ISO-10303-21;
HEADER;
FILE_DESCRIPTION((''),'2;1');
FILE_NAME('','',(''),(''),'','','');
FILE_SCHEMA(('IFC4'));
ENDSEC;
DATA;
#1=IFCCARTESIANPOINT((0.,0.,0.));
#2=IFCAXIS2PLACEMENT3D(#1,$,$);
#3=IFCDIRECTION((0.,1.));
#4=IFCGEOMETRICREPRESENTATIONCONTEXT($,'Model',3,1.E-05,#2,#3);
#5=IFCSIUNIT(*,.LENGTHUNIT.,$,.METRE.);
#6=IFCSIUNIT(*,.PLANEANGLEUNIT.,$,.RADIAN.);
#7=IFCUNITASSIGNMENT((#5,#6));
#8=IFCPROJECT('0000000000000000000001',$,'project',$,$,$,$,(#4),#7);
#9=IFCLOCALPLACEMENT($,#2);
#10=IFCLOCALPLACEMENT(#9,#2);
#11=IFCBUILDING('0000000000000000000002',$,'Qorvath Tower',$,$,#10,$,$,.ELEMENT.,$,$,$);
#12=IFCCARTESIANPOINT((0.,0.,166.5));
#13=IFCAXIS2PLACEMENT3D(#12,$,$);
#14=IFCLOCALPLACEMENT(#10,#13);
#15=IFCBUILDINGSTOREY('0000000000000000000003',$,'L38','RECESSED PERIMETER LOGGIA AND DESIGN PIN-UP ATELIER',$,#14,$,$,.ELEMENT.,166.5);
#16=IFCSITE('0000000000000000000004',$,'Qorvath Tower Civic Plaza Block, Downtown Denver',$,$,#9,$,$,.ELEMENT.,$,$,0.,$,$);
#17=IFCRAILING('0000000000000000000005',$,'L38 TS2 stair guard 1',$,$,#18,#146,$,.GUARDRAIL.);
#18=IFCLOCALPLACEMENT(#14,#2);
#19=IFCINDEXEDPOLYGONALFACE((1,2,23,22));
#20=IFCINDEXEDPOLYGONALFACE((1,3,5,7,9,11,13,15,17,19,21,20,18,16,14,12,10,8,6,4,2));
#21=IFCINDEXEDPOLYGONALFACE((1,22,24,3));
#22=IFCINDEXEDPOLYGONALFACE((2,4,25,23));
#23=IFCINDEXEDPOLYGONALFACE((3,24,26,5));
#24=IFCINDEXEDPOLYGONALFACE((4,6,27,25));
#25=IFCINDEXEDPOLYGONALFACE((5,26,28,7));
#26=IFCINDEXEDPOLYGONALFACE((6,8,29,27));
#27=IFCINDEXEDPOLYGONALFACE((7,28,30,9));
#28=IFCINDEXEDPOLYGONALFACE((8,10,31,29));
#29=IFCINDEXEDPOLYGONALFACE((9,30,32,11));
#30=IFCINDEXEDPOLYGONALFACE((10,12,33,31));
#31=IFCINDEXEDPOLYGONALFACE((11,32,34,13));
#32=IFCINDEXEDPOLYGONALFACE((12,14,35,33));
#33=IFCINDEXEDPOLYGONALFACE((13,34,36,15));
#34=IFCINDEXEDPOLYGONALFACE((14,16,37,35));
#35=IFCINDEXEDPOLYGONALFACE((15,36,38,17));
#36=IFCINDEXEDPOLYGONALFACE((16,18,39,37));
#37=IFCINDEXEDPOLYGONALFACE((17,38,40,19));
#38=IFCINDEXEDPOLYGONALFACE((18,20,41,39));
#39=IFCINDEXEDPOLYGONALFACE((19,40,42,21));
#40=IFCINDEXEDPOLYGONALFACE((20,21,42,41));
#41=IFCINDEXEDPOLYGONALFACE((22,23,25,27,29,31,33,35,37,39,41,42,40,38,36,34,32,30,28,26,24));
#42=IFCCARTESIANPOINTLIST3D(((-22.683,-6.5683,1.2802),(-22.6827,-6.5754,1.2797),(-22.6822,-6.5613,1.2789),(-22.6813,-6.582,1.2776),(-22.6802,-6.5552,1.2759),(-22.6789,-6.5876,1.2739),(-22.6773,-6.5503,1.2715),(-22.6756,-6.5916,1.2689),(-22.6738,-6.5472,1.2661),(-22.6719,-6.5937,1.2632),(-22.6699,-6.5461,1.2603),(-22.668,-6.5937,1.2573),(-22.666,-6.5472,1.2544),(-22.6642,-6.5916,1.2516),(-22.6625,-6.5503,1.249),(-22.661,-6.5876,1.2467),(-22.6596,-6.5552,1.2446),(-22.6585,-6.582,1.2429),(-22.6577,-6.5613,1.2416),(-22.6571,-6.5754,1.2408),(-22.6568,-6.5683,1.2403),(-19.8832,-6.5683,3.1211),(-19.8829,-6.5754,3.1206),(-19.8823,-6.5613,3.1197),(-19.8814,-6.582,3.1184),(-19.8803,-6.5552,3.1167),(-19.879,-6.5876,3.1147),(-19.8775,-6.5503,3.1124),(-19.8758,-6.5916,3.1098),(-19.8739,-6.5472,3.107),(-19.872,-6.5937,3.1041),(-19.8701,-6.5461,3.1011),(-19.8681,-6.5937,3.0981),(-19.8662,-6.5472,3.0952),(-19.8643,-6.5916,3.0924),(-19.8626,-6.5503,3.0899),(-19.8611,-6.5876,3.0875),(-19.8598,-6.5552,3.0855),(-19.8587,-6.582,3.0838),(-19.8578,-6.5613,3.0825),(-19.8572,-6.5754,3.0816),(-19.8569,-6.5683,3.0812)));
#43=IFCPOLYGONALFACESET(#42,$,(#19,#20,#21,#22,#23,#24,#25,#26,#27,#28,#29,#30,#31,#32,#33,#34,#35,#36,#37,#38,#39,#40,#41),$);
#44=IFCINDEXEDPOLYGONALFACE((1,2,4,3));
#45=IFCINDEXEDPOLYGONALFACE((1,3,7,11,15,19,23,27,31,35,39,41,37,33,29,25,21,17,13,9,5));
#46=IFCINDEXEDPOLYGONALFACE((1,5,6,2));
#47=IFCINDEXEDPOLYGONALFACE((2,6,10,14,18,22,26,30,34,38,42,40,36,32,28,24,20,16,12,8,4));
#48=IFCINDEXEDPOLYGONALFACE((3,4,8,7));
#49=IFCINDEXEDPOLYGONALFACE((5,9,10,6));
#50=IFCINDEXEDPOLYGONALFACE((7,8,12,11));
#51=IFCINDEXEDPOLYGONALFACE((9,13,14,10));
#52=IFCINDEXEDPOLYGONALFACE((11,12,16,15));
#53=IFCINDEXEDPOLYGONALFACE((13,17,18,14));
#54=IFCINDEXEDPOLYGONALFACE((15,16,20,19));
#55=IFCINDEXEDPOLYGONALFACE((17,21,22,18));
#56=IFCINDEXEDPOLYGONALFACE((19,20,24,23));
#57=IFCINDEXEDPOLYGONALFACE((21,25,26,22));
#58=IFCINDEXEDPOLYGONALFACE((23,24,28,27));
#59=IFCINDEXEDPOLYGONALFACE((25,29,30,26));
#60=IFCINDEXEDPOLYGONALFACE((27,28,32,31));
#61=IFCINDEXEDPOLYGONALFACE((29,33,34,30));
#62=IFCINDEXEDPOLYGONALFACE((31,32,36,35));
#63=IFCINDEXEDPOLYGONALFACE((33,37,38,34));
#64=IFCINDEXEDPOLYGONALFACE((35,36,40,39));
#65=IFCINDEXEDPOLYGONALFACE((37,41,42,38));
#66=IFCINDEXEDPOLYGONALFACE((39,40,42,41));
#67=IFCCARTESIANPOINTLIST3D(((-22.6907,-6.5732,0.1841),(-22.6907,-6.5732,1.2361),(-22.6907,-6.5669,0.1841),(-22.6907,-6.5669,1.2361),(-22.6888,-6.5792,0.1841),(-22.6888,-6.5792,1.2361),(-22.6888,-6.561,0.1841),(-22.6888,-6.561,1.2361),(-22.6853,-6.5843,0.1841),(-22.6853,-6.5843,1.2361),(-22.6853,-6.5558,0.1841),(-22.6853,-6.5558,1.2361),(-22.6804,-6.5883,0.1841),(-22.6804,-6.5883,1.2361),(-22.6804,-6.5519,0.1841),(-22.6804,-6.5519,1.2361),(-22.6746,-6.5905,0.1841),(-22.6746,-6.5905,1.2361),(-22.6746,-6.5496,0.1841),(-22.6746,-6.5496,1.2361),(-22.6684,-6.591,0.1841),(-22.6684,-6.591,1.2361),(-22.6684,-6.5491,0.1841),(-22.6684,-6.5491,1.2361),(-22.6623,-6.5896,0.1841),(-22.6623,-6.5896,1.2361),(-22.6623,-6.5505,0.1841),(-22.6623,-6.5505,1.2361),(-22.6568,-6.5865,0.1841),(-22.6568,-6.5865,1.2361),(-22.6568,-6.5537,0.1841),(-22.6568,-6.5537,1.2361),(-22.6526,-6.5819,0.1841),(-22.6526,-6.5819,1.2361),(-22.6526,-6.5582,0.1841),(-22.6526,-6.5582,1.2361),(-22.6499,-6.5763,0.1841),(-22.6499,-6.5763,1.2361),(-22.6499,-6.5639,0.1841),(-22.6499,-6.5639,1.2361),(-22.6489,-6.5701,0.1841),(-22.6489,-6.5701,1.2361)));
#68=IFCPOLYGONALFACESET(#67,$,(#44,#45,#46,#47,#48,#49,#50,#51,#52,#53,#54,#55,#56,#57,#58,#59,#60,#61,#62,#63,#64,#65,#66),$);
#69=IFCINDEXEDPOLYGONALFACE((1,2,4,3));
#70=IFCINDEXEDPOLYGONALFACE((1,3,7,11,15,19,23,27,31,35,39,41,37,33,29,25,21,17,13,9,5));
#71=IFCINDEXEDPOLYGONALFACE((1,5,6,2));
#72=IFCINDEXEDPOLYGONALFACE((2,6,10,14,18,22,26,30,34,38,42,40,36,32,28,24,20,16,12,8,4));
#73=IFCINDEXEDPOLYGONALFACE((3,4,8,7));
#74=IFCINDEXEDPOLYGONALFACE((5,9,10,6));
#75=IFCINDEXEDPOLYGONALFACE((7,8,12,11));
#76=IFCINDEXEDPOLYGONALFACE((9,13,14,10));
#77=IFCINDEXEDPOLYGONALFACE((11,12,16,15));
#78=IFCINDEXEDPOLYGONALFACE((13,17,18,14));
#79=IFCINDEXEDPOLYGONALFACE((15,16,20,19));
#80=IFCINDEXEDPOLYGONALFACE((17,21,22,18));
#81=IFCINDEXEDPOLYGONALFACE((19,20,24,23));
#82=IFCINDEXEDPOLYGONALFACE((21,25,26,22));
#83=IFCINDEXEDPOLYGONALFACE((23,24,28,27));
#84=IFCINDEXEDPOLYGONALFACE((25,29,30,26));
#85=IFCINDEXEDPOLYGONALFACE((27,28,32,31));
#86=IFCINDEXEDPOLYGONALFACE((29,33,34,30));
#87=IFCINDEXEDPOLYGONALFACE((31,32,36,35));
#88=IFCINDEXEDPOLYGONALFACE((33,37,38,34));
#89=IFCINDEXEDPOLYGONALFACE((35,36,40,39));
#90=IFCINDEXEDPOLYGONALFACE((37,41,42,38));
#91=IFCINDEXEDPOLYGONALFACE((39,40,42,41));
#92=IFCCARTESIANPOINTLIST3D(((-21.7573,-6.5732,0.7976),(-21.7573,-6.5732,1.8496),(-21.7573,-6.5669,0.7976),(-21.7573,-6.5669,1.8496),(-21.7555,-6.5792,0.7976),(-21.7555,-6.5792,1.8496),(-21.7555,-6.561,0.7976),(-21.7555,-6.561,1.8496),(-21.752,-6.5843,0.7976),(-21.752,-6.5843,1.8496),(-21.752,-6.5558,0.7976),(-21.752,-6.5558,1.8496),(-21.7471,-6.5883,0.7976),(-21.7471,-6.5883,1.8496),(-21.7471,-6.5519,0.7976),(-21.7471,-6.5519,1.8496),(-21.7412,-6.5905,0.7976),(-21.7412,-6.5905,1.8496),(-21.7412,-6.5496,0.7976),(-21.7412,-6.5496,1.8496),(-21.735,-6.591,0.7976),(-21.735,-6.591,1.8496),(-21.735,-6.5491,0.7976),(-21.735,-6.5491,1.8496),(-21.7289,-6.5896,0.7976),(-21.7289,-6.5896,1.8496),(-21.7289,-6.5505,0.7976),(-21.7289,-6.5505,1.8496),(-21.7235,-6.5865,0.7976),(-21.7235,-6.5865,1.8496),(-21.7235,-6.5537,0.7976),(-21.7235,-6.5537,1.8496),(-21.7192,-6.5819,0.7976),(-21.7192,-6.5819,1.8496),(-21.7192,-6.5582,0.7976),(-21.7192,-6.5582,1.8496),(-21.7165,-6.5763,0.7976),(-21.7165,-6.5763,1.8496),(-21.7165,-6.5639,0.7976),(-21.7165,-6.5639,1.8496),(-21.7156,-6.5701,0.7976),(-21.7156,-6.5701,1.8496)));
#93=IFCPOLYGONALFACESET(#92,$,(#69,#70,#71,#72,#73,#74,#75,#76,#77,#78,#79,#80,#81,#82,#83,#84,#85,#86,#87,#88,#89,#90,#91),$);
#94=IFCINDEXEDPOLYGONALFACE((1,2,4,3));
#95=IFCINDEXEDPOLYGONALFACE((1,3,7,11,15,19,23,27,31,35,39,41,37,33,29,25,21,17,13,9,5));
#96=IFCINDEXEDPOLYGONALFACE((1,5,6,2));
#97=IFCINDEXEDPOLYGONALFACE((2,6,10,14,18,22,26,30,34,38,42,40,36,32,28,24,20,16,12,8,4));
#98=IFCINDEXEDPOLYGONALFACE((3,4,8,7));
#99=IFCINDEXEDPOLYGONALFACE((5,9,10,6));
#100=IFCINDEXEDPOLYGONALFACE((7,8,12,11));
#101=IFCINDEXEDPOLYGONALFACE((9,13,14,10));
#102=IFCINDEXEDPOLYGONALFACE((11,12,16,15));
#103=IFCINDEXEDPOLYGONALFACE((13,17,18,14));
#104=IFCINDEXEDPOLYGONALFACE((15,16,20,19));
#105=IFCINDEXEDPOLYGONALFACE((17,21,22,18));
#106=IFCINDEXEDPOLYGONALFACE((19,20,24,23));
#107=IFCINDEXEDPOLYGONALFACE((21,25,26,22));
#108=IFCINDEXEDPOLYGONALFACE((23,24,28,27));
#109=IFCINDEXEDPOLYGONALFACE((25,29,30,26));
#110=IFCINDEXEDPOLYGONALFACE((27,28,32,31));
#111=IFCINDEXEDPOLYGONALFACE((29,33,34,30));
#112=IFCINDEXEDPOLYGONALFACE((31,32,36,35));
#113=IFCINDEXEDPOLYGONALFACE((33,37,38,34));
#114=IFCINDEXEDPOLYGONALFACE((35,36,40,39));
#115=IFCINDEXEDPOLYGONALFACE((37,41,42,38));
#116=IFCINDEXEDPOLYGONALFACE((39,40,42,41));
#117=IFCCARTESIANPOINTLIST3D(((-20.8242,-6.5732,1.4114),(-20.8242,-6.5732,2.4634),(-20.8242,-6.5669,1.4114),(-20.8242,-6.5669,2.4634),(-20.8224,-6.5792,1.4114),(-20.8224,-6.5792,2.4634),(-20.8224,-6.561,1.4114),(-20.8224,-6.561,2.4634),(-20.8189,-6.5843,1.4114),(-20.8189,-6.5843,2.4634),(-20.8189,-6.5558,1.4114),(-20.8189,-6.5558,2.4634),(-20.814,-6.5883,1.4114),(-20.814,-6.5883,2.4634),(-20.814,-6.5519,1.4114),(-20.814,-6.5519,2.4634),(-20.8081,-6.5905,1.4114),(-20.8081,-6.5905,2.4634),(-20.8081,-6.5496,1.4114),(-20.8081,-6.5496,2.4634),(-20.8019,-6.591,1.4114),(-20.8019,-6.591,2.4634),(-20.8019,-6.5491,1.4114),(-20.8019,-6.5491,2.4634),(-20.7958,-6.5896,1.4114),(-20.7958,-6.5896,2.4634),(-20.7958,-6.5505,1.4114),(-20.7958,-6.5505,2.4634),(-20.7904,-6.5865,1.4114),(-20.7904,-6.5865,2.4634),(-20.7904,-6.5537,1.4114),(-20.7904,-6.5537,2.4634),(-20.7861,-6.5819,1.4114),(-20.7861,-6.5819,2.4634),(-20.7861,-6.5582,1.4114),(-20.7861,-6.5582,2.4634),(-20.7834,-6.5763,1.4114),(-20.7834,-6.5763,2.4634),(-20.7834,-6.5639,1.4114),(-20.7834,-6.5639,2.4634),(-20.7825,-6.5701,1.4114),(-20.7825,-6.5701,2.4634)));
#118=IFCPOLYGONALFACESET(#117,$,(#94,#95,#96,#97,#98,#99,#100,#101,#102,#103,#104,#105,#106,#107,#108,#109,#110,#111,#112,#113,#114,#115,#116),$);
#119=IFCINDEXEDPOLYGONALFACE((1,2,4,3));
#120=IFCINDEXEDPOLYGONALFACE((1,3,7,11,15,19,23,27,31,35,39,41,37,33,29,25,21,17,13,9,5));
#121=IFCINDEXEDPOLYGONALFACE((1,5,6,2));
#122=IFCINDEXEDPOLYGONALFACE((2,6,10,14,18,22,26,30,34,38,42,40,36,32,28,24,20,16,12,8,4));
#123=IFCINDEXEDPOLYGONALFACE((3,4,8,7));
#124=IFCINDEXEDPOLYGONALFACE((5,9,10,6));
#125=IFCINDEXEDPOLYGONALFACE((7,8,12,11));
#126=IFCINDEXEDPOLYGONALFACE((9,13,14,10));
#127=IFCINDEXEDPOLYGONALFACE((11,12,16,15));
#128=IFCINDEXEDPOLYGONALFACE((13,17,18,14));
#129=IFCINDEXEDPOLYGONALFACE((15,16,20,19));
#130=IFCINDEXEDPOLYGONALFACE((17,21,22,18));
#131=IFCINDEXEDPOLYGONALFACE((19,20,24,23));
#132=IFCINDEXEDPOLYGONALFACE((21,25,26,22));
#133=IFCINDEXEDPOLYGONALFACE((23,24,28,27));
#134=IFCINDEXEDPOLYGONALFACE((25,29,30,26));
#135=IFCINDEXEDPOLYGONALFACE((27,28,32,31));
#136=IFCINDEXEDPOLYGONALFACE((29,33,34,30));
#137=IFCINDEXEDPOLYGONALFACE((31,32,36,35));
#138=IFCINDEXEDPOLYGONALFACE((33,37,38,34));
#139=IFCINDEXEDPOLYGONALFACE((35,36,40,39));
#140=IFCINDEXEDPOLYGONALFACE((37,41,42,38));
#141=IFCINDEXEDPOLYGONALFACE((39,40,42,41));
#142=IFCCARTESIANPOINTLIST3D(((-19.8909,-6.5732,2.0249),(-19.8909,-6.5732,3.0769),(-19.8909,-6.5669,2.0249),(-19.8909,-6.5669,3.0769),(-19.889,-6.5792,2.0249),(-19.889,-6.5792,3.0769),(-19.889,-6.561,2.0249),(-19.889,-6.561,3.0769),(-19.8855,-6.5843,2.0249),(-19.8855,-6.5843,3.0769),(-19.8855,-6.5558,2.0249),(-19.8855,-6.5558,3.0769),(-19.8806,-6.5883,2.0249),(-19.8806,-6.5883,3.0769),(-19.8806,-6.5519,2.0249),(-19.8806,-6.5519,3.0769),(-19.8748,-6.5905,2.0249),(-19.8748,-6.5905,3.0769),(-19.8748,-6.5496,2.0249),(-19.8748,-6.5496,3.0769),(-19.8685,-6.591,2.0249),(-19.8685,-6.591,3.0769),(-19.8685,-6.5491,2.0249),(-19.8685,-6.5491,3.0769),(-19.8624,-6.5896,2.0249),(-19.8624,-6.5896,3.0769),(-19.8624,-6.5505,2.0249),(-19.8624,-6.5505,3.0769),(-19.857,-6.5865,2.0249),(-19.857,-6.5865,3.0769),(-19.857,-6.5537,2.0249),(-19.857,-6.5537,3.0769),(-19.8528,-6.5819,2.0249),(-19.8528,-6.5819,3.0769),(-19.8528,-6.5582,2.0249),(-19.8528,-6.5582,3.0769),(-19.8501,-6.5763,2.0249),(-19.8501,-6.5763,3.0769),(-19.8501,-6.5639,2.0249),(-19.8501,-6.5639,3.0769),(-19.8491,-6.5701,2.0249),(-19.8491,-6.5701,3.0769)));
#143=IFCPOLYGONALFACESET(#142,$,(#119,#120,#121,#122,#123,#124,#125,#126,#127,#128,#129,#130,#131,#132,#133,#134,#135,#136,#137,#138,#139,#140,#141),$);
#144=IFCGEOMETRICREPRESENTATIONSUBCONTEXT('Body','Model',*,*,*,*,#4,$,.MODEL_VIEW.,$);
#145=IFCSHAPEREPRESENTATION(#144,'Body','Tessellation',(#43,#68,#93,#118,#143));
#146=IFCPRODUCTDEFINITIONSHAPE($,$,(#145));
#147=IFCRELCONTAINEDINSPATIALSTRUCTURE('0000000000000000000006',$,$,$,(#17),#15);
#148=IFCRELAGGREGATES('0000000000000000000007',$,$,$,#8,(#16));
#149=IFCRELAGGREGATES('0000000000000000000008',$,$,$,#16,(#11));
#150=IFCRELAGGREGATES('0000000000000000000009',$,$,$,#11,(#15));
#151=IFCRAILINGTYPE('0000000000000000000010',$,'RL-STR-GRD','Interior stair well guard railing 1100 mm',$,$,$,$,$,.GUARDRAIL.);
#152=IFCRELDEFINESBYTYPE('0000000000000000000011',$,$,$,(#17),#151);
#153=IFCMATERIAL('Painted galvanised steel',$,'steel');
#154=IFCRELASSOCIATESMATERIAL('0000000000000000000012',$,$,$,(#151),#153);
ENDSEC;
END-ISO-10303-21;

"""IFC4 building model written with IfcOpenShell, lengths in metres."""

from ifc_helpers import new_model, si_unit, direction, frame, origin, origin_2d, place, context, subcontext, project, spatial, circle, extrude, material, type_object, element, save


model = new_model("IFC4")

# Units and contexts
model_context = context("Model", 3, precision=1e-05, world=origin(), true_north=direction((0.0, 1.0)))
body_context = subcontext(model_context, "Body", "Model", "MODEL_VIEW")
ifc_project = project(units=[si_unit("LENGTHUNIT", "METRE"), si_unit("PLANEANGLEUNIT", "RADIAN")], contexts=[model_context])

# Site, building, storey
site_placement = place(None, origin())
site = spatial("IfcSite", under=ifc_project, at=site_placement, Name="Qorvath Tower Civic Plaza Block, Downtown Denver", CompositionType="ELEMENT", RefElevation=0.0)
building_placement = place(site_placement, origin())
building = spatial("IfcBuilding", under=site, at=building_placement, Name="Qorvath Tower", CompositionType="ELEMENT")
storey_placement = place(building_placement, frame((0.0, 0.0, 166.5)))
storey = spatial("IfcBuildingStorey", under=building, at=storey_placement, Name="L38", Description="RECESSED PERIMETER LOGGIA AND DESIGN PIN-UP ATELIER", CompositionType="ELEMENT", Elevation=166.5)

# Railing
ifc_material_1 = material(Name="Painted galvanised steel", Category="steel")
railing_type_1 = type_object("IfcRailingType", Name="RL-STR-GRD", Description="Interior stair well guard railing 1100 mm", PredefinedType="GUARDRAIL", material=ifc_material_1)
railing_1_placement = place(storey_placement, frame((-22.6699, -6.5701, 0.1841)))
element("IfcRailing", 1, at=railing_1_placement, inside=storey, type_object=railing_type_1, Name="L38 TS2 stair guard 1", PredefinedType="GUARDRAIL", context=body_context, shape_type="SweptSolid", body=[
    extrude(circle(Radius=0.0239, at=origin_2d()), frame((0.0, 0.0, 1.0762), z_axis=(0.835576, 0.0, 0.549376), x_axis=(0.0, 1.0, 0.0)), (0.0, 0.0, 1.0), 3.3508),
    extrude(circle(Radius=0.021, at=origin_2d()), origin(), (0.0, 0.0, 1.0), 1.052),
    extrude(circle(Radius=0.021, at=origin_2d()), frame((0.9333, 0.0, 0.6135)), (0.0, 0.0, 1.0), 1.052),
    extrude(circle(Radius=0.021, at=origin_2d()), frame((1.8665, 0.0, 1.2273)), (0.0, 0.0, 1.0), 1.052),
    extrude(circle(Radius=0.021, at=origin_2d()), frame((2.7998, 0.0, 1.8408)), (0.0, 0.0, 1.0), 1.052),
])

save(model, "model.ifc")
